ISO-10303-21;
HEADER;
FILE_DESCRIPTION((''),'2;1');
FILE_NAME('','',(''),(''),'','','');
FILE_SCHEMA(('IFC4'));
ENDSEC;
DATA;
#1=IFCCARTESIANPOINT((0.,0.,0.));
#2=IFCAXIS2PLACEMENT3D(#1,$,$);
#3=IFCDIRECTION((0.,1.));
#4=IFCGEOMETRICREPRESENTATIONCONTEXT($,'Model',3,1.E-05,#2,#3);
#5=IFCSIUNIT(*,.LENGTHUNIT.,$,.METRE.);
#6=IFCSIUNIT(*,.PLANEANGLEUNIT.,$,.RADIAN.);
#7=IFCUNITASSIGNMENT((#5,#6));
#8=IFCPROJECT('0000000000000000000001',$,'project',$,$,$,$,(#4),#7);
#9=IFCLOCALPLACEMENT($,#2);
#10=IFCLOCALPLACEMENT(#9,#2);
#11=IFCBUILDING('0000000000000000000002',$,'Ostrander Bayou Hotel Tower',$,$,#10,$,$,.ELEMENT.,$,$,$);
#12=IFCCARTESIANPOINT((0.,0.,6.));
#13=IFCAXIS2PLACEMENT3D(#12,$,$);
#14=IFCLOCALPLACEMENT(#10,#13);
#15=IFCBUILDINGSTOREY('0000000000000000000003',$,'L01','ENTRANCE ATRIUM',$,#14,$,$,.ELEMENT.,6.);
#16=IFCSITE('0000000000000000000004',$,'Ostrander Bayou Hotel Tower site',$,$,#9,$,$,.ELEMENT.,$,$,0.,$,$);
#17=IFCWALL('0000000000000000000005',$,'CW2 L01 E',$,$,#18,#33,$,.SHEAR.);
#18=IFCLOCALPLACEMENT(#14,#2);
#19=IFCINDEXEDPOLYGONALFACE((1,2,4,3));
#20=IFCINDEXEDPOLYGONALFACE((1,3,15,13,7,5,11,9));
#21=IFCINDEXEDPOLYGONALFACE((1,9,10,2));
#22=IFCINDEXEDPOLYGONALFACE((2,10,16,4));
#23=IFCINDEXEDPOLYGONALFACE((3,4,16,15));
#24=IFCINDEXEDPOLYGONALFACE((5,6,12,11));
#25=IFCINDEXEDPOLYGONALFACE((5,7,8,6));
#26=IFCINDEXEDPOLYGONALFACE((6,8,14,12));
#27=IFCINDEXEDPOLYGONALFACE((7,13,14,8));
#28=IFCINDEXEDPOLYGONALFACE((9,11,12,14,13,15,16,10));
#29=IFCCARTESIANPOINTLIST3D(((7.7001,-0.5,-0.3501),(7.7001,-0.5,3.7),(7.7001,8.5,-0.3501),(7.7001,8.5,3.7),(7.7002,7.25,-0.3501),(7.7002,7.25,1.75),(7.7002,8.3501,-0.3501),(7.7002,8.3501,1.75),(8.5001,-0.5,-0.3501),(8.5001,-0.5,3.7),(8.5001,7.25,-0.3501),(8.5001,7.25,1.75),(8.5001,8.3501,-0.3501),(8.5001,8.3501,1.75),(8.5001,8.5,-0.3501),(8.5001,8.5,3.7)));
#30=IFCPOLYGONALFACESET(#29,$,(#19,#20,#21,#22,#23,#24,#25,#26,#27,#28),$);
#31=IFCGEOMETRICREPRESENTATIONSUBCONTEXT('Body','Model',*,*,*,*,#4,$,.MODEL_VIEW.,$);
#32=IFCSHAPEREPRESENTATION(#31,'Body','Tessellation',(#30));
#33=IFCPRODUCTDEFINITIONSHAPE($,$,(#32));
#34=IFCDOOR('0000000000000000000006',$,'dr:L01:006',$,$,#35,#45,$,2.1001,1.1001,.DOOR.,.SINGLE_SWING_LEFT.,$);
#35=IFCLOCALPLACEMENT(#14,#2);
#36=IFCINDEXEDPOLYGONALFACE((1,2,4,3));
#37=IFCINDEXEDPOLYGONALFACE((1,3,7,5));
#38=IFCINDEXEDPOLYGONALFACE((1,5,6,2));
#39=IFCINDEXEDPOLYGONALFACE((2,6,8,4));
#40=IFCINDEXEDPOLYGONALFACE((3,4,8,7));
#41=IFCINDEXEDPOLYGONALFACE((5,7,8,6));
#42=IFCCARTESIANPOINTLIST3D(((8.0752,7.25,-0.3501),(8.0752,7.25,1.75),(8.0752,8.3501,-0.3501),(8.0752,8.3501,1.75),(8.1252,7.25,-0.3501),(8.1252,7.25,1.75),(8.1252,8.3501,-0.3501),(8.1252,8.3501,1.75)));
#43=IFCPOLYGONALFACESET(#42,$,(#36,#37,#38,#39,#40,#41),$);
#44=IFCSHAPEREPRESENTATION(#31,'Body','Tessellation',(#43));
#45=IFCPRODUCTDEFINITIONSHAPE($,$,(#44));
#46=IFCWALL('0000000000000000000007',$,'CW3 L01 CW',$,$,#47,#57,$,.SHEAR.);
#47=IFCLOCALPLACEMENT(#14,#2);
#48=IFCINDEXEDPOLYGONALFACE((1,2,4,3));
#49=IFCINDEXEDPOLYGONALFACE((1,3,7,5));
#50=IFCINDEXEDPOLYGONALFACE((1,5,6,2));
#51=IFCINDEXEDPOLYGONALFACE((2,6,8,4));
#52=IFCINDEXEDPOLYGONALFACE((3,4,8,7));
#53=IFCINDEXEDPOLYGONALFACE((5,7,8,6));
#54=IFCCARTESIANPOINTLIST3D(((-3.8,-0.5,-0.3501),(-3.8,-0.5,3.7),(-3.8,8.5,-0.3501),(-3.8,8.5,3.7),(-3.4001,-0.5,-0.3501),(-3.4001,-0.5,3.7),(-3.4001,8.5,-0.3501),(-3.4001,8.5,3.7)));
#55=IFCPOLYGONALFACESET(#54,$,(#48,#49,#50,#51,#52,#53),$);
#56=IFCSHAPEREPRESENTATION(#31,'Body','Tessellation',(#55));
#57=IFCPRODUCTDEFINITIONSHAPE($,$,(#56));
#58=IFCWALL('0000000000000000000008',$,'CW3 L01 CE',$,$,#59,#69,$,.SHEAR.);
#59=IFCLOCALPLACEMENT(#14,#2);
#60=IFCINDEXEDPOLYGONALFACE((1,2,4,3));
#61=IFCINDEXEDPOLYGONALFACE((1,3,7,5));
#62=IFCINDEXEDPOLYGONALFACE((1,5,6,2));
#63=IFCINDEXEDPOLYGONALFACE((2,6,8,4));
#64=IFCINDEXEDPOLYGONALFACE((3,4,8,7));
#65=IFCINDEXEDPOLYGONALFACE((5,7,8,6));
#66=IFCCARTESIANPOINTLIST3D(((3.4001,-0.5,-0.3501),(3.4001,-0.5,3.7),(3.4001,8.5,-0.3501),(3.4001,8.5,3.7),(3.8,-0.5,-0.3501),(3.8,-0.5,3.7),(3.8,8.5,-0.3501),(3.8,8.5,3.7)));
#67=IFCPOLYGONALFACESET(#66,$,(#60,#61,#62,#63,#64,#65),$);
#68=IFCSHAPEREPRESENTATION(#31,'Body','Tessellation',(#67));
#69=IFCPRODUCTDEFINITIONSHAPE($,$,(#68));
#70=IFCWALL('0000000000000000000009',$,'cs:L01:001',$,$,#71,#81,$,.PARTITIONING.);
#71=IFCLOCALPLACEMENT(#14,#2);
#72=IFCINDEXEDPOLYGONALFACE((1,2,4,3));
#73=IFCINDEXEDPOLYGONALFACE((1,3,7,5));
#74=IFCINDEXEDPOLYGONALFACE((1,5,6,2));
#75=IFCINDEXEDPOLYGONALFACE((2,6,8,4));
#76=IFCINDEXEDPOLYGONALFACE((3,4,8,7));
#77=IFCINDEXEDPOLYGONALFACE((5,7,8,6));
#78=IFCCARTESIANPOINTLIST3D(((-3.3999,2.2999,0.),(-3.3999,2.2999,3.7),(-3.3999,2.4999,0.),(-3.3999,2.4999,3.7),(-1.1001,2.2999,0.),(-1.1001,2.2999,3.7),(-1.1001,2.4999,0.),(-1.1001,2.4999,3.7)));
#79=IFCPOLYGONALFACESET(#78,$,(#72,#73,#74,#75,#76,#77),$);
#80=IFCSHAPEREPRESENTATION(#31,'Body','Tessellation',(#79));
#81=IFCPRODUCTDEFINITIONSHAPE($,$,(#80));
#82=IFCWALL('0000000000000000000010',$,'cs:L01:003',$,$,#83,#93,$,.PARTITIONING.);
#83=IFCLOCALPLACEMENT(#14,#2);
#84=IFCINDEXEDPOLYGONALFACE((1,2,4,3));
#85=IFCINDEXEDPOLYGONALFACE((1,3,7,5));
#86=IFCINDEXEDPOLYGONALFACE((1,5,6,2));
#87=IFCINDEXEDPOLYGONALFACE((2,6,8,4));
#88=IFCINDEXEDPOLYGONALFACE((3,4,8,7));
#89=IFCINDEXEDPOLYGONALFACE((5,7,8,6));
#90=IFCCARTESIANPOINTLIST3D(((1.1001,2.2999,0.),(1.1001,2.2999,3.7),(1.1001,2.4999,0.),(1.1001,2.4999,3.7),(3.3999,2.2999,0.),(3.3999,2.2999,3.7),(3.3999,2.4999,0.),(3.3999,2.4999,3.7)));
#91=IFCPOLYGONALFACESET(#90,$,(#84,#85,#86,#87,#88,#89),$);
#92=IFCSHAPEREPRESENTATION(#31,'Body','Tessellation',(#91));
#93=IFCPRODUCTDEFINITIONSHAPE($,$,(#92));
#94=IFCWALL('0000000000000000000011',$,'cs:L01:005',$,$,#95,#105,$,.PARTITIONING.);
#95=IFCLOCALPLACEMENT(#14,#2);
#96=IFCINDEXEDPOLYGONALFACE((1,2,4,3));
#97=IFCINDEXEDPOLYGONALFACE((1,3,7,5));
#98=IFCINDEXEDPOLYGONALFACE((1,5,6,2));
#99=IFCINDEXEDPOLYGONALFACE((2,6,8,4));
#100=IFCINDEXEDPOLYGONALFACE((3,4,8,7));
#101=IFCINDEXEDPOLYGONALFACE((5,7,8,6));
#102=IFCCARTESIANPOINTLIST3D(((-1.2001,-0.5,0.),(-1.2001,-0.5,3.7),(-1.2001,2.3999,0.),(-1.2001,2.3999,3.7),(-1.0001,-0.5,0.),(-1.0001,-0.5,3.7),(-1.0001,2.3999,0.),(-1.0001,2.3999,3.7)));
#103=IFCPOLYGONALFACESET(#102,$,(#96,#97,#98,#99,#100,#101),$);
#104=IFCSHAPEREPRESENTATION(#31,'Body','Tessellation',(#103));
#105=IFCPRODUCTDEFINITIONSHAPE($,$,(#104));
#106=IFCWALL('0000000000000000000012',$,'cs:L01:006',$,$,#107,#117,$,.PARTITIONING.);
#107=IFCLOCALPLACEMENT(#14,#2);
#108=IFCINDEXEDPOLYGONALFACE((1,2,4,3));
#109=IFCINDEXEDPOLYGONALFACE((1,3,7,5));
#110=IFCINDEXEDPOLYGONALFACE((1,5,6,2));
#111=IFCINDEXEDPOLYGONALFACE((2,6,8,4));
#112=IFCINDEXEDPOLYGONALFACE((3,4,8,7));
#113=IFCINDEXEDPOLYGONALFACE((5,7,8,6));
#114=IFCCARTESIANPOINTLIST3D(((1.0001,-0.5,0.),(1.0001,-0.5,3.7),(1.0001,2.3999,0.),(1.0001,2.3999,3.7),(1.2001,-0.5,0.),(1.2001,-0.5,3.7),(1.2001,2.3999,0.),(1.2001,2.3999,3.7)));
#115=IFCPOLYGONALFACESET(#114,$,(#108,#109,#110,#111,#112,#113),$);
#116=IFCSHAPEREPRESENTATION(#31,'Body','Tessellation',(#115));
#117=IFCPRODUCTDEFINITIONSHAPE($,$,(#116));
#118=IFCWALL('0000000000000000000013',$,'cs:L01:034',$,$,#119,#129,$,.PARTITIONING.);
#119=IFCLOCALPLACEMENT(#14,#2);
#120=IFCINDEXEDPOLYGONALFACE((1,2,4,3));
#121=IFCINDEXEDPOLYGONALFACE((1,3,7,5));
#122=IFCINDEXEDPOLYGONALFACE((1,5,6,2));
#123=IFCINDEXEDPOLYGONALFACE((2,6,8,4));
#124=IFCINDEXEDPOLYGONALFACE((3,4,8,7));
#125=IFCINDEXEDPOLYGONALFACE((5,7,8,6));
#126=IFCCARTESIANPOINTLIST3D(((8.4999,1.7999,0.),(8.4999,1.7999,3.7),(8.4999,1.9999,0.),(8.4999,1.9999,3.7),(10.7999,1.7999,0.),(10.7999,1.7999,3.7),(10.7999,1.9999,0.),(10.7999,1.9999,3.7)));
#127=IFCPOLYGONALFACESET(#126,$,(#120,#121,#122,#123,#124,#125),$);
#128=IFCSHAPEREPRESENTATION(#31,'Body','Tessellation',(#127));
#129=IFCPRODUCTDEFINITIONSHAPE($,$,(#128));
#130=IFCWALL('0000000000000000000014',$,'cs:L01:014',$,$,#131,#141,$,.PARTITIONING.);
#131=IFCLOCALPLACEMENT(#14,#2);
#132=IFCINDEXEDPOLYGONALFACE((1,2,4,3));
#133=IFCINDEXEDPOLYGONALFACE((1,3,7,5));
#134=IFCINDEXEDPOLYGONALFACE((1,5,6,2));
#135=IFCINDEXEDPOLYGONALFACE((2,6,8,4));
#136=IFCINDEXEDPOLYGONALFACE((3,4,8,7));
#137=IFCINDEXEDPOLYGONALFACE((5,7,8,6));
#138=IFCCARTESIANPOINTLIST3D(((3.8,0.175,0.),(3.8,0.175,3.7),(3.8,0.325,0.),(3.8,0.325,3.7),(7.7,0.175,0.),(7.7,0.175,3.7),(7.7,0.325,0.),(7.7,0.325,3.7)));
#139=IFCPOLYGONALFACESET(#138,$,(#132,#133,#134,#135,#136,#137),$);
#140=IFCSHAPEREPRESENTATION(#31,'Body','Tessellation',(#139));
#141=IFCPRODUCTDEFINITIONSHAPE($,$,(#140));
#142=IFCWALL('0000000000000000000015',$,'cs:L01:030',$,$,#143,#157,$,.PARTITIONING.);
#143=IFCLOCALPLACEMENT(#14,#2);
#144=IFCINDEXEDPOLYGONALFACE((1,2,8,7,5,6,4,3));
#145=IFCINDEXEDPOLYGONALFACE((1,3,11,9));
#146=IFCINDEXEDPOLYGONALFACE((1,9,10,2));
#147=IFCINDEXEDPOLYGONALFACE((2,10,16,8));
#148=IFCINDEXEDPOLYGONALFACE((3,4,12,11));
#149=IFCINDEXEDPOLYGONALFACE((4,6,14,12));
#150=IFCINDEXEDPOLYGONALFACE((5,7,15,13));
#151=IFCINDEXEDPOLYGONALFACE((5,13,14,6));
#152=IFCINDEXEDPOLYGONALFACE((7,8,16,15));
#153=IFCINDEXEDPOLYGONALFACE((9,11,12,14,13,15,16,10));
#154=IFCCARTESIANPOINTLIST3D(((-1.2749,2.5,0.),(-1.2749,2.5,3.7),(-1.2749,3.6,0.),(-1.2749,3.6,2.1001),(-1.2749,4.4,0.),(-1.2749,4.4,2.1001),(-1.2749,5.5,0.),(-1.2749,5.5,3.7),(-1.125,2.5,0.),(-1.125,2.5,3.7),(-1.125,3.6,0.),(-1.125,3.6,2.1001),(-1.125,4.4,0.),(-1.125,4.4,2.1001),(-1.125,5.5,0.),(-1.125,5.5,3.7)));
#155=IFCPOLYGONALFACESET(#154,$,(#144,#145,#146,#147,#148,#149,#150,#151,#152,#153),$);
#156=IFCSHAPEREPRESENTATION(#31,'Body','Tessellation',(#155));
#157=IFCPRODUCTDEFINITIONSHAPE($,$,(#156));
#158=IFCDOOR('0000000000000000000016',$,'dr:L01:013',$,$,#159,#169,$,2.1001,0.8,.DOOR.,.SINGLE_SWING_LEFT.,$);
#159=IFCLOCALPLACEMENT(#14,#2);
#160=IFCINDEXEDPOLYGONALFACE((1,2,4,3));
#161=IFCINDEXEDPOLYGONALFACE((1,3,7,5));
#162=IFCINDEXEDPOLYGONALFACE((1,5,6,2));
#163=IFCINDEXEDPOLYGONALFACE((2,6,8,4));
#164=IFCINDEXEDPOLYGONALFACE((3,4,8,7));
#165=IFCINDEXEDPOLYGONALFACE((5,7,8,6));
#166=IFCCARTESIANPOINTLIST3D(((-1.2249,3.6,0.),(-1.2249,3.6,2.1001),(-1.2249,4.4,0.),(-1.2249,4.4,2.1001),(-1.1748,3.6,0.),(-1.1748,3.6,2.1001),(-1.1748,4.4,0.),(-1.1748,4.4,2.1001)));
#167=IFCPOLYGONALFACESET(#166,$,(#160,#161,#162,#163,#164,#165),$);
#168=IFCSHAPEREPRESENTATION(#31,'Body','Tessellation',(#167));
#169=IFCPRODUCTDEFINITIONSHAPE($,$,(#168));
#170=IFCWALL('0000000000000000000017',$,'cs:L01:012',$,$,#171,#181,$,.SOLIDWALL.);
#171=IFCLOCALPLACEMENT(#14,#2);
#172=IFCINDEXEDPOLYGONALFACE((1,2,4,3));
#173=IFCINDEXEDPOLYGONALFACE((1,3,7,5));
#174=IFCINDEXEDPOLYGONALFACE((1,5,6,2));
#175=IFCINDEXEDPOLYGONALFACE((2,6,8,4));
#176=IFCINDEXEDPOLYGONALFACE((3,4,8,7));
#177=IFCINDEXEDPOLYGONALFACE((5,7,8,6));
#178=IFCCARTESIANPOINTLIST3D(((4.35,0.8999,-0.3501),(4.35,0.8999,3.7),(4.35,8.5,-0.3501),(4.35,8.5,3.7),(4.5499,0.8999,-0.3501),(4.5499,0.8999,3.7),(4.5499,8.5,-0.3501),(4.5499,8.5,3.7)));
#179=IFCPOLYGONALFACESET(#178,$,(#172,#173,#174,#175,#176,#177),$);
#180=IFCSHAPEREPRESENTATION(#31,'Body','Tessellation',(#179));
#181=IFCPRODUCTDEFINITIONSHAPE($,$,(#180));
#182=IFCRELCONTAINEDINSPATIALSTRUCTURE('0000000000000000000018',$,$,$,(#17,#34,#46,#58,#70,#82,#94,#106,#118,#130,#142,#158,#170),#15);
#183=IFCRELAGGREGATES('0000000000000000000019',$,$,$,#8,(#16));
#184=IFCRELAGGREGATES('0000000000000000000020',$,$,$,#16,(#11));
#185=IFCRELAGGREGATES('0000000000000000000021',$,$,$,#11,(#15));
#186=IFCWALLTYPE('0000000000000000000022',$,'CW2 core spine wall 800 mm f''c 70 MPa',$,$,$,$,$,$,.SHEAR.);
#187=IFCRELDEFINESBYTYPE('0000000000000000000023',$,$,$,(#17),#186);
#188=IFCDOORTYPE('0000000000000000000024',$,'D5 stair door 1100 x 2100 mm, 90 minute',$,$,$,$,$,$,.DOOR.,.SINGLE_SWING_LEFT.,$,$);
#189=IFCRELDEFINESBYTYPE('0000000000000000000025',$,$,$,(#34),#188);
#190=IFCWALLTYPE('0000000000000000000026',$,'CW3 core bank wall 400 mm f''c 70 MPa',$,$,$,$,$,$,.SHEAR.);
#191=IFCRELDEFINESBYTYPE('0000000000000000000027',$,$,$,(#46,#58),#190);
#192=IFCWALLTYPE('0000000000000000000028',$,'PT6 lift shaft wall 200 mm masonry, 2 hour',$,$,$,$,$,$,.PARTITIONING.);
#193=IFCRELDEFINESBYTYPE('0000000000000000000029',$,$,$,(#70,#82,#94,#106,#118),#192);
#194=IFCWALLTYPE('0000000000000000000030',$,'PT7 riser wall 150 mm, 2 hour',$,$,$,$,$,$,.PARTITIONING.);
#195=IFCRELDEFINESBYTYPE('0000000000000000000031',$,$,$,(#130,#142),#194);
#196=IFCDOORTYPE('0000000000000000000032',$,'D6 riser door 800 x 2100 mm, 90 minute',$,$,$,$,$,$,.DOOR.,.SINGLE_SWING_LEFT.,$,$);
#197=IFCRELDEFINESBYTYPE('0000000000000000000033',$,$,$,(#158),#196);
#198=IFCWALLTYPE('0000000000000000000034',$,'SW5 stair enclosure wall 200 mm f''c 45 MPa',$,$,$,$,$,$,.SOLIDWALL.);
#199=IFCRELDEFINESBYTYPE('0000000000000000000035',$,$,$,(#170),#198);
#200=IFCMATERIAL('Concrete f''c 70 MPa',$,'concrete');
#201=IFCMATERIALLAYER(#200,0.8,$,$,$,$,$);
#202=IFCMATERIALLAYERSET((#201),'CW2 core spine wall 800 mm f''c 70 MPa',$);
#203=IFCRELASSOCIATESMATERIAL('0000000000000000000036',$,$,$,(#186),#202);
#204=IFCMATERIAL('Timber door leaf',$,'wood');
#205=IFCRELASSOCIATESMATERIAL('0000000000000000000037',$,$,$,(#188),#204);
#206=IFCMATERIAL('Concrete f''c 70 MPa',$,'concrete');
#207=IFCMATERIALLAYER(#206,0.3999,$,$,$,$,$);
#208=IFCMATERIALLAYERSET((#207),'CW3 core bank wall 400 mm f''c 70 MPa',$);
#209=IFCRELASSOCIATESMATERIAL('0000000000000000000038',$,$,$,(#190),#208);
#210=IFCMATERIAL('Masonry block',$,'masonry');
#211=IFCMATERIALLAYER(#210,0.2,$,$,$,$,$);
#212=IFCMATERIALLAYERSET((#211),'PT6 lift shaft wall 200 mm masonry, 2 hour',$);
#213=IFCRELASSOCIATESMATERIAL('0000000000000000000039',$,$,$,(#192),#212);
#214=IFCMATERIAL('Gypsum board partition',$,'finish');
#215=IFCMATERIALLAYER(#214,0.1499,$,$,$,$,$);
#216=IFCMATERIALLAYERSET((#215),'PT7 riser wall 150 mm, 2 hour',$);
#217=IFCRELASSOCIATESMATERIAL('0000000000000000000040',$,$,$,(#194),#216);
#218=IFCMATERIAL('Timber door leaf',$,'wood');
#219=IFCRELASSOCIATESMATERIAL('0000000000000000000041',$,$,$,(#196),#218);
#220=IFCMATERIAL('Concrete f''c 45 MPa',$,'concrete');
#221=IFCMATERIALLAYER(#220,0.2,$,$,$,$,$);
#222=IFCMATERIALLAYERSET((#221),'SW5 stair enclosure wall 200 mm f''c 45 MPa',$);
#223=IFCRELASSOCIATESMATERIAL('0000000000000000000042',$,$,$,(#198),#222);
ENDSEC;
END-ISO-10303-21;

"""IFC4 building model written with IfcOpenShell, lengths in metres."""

from ifc_helpers import new_model, si_unit, direction, frame, frame_2d, origin, place, context, subcontext, project, spatial, rectangle, extrude, material, layer, layer_set, type_object, element, fill, save


model = new_model("IFC4")

# Units and contexts
model_context = context("Model", 3, precision=1e-05, world=origin(), true_north=direction((0.0, 1.0)))
body_context = subcontext(model_context, "Body", "Model", "MODEL_VIEW")
ifc_project = project(units=[si_unit("LENGTHUNIT", "METRE"), si_unit("PLANEANGLEUNIT", "RADIAN")], contexts=[model_context])

# Site, building, storey
site_placement = place(None, origin())
site = spatial("IfcSite", under=ifc_project, at=site_placement, Name="Ostrander Bayou Hotel Tower site", CompositionType="ELEMENT", RefElevation=0.0)
building_placement = place(site_placement, origin())
building = spatial("IfcBuilding", under=site, at=building_placement, Name="Ostrander Bayou Hotel Tower", CompositionType="ELEMENT")
storey_placement = place(building_placement, frame((0.0, 0.0, 6.0)))
storey = spatial("IfcBuildingStorey", under=building, at=storey_placement, Name="L01", Description="ENTRANCE ATRIUM", CompositionType="ELEMENT", Elevation=6.0)

# Wall, opening, door
ifc_material_1 = material(Name="Concrete f'c 70 MPa", Category="concrete")
ifc_layer_1 = layer(ifc_material_1, 0.8)
ifc_layer_set_1 = layer_set([ifc_layer_1], Name="CW2 core spine wall 800 mm f'c 70 MPa")
wall_type_1 = type_object("IfcWallType", Name="CW2 core spine wall 800 mm f'c 70 MPa", PredefinedType="SHEAR", material=ifc_layer_set_1)
wall_1_placement = place(storey_placement, frame((8.1001, -0.5, -0.3501), z_axis=(0.0, 0.0, 1.0), x_axis=(0.0, 1.0, 0.0)))
wall_1 = element("IfcWall", 1, at=wall_1_placement, inside=storey, type_object=wall_type_1, Name="CW2 L01 E", PredefinedType="SHEAR", context=body_context, shape_type="SweptSolid", body=[
    extrude(rectangle(XDim=9.0, YDim=0.8, at=frame_2d((4.5, 0.0))), origin(), (0.0, 0.0, 1.0), 4.05),
])
opening_1_placement = place(wall_1_placement, frame((7.75, 0.0, 0.0)))
opening_1 = element("IfcOpeningElement", 2, at=opening_1_placement, cuts=wall_1, PredefinedType="OPENING", context=body_context, shape_type="SweptSolid", body=[
    extrude(rectangle(XDim=1.1001, YDim=2.1001, at=frame_2d((0.55, 1.05))), frame((0.0, 0.3999, 0.0), z_axis=(0.0, -1.0, 0.0), x_axis=(1.0, 0.0, 0.0)), (0.0, 0.0, 1.0), 0.8),
])
ifc_material_2 = material(Name="Timber door leaf", Category="wood")
door_type_1 = type_object("IfcDoorType", Name="D5 stair door 1100 x 2100 mm, 90 minute", OperationType="SINGLE_SWING_LEFT", PredefinedType="DOOR", material=ifc_material_2)
door_1_placement = place(opening_1_placement, origin())
door_1 = element("IfcDoor", 3, at=door_1_placement, inside=storey, type_object=door_type_1, Name="dr:L01:006", OperationType="SINGLE_SWING_LEFT", OverallHeight=2.1001, OverallWidth=1.1001, PredefinedType="DOOR", context=body_context, shape_type="SweptSolid", body=[
    extrude(rectangle(XDim=1.1001, YDim=2.1001, at=frame_2d((0.55, 1.05))), frame((0.0, 0.0249, 0.0), z_axis=(0.0, -1.0, 0.0), x_axis=(1.0, 0.0, 0.0)), (0.0, 0.0, 1.0), 0.05),
])
fill(opening_1, door_1)

# Walls
ifc_material_3 = material(Name="Concrete f'c 70 MPa", Category="concrete")
ifc_layer_2 = layer(ifc_material_3, 0.3999)
ifc_layer_set_2 = layer_set([ifc_layer_2], Name="CW3 core bank wall 400 mm f'c 70 MPa")
wall_type_2 = type_object("IfcWallType", Name="CW3 core bank wall 400 mm f'c 70 MPa", PredefinedType="SHEAR", material=ifc_layer_set_2)
for number, where, z_axis, x_axis, name in (
    (4, (-3.6001, -0.5, -0.3501), (0.0, 0.0, 1.0), (0.0, 1.0, 0.0), "CW3 L01 CW"),
    (5, (3.6001, -0.5, -0.3501), (0.0, 0.0, 1.0), (0.0, 1.0, 0.0), "CW3 L01 CE"),
):
    element("IfcWall", number, at=place(storey_placement, frame(where, z_axis=z_axis, x_axis=x_axis)), inside=storey, type_object=wall_type_2, Name=name, PredefinedType="SHEAR", context=body_context, shape_type="SweptSolid", body=[
        extrude(rectangle(XDim=9.0, YDim=0.3999, at=frame_2d((4.5, 0.0))), origin(), (0.0, 0.0, 1.0), 4.05),
    ])
ifc_material_4 = material(Name="Masonry block", Category="masonry")
ifc_layer_3 = layer(ifc_material_4, 0.2)
ifc_layer_set_3 = layer_set([ifc_layer_3], Name="PT6 lift shaft wall 200 mm masonry, 2 hour")
wall_type_3 = type_object("IfcWallType", Name="PT6 lift shaft wall 200 mm masonry, 2 hour", PredefinedType="PARTITIONING", material=ifc_layer_set_3)
for number, where, z_axis, x_axis, name in (
    (6, (-3.3999, 2.3999, 0.0), (0.0, 0.0, 1.0), (1.0, 0.0, 0.0), "cs:L01:001"),
    (7, (1.1001, 2.3999, 0.0), (0.0, 0.0, 1.0), (1.0, 0.0, 0.0), "cs:L01:003"),
):
    element("IfcWall", number, at=place(storey_placement, frame(where, z_axis=z_axis, x_axis=x_axis)), inside=storey, type_object=wall_type_3, Name=name, PredefinedType="PARTITIONING", context=body_context, shape_type="SweptSolid", body=[
        extrude(rectangle(XDim=2.2998, YDim=0.2, at=frame_2d((1.1499, 0.0))), origin(), (0.0, 0.0, 1.0), 3.7),
    ])
for number, where, z_axis, x_axis, name in (
    (8, (-1.1001, -0.5, 0.0), (0.0, 0.0, 1.0), (0.0, 1.0, 0.0), "cs:L01:005"),
    (9, (1.1001, -0.5, 0.0), (0.0, 0.0, 1.0), (0.0, 1.0, 0.0), "cs:L01:006"),
):
    element("IfcWall", number, at=place(storey_placement, frame(where, z_axis=z_axis, x_axis=x_axis)), inside=storey, type_object=wall_type_3, Name=name, PredefinedType="PARTITIONING", context=body_context, shape_type="SweptSolid", body=[
        extrude(rectangle(XDim=2.8999, YDim=0.2, at=frame_2d((1.45, 0.0))), origin(), (0.0, 0.0, 1.0), 3.7),
    ])
wall_2_placement = place(storey_placement, frame((8.5, 1.8999, 0.0), z_axis=(0.0, 0.0, 1.0), x_axis=(1.0, 0.0, 0.0)))
element("IfcWall", 10, at=wall_2_placement, inside=storey, type_object=wall_type_3, Name="cs:L01:034", PredefinedType="PARTITIONING", context=body_context, shape_type="SweptSolid", body=[
    extrude(rectangle(XDim=2.3, YDim=0.2, at=frame_2d((1.1499, 0.0))), origin(), (0.0, 0.0, 1.0), 3.7),
])
ifc_material_5 = material(Name="Gypsum board partition", Category="finish")
ifc_layer_4 = layer(ifc_material_5, 0.1499)
ifc_layer_set_4 = layer_set([ifc_layer_4], Name="PT7 riser wall 150 mm, 2 hour")
wall_type_4 = type_object("IfcWallType", Name="PT7 riser wall 150 mm, 2 hour", PredefinedType="PARTITIONING", material=ifc_layer_set_4)
wall_3_placement = place(storey_placement, frame((3.8, 0.25, 0.0), z_axis=(0.0, 0.0, 1.0), x_axis=(1.0, 0.0, 0.0)))
element("IfcWall", 11, at=wall_3_placement, inside=storey, type_object=wall_type_4, Name="cs:L01:014", PredefinedType="PARTITIONING", context=body_context, shape_type="SweptSolid", body=[
    extrude(rectangle(XDim=3.8999, YDim=0.1499, at=frame_2d((1.95, 0.0))), origin(), (0.0, 0.0, 1.0), 3.7),
])

# Wall, opening, door
wall_4_placement = place(storey_placement, frame((-1.2, 2.5, 0.0), z_axis=(0.0, 0.0, 1.0), x_axis=(0.0, 1.0, 0.0)))
wall_4 = element("IfcWall", 12, at=wall_4_placement, inside=storey, type_object=wall_type_4, Name="cs:L01:030", PredefinedType="PARTITIONING", context=body_context, shape_type="SweptSolid", body=[
    extrude(rectangle(XDim=3.0, YDim=0.1499, at=frame_2d((1.5, 0.0))), origin(), (0.0, 0.0, 1.0), 3.7),
])
opening_2_placement = place(wall_4_placement, frame((1.1001, 0.0, 0.0)))
opening_2 = element("IfcOpeningElement", 13, at=opening_2_placement, cuts=wall_4, PredefinedType="OPENING", context=body_context, shape_type="SweptSolid", body=[
    extrude(rectangle(XDim=0.8, YDim=2.1001, at=frame_2d((0.3999, 1.05))), frame((0.0, 0.075, 0.0), z_axis=(0.0, -1.0, 0.0), x_axis=(1.0, 0.0, 0.0)), (0.0, 0.0, 1.0), 0.1499),
])
ifc_material_6 = material(Name="Timber door leaf", Category="wood")
door_type_2 = type_object("IfcDoorType", Name="D6 riser door 800 x 2100 mm, 90 minute", OperationType="SINGLE_SWING_LEFT", PredefinedType="DOOR", material=ifc_material_6)
door_2_placement = place(opening_2_placement, origin())
door_2 = element("IfcDoor", 14, at=door_2_placement, inside=storey, type_object=door_type_2, Name="dr:L01:013", OperationType="SINGLE_SWING_LEFT", OverallHeight=2.1001, OverallWidth=0.8, PredefinedType="DOOR", context=body_context, shape_type="SweptSolid", body=[
    extrude(rectangle(XDim=0.8, YDim=2.1001, at=frame_2d((0.3999, 1.05))), frame((0.0, 0.0249, 0.0), z_axis=(0.0, -1.0, 0.0), x_axis=(1.0, 0.0, 0.0)), (0.0, 0.0, 1.0), 0.05),
])
fill(opening_2, door_2)

# Wall
ifc_material_7 = material(Name="Concrete f'c 45 MPa", Category="concrete")
ifc_layer_5 = layer(ifc_material_7, 0.2)
ifc_layer_set_5 = layer_set([ifc_layer_5], Name="SW5 stair enclosure wall 200 mm f'c 45 MPa")
wall_type_5 = type_object("IfcWallType", Name="SW5 stair enclosure wall 200 mm f'c 45 MPa", PredefinedType="SOLIDWALL", material=ifc_layer_set_5)
wall_5_placement = place(storey_placement, frame((4.45, 0.8999, -0.3501), z_axis=(0.0, 0.0, 1.0), x_axis=(0.0, 1.0, 0.0)))
element("IfcWall", 15, at=wall_5_placement, inside=storey, type_object=wall_type_5, Name="cs:L01:012", PredefinedType="SOLIDWALL", context=body_context, shape_type="SweptSolid", body=[
    extrude(rectangle(XDim=7.6001, YDim=0.2, at=frame_2d((3.8, 0.0))), origin(), (0.0, 0.0, 1.0), 4.05),
])

save(model, "model.ifc")
